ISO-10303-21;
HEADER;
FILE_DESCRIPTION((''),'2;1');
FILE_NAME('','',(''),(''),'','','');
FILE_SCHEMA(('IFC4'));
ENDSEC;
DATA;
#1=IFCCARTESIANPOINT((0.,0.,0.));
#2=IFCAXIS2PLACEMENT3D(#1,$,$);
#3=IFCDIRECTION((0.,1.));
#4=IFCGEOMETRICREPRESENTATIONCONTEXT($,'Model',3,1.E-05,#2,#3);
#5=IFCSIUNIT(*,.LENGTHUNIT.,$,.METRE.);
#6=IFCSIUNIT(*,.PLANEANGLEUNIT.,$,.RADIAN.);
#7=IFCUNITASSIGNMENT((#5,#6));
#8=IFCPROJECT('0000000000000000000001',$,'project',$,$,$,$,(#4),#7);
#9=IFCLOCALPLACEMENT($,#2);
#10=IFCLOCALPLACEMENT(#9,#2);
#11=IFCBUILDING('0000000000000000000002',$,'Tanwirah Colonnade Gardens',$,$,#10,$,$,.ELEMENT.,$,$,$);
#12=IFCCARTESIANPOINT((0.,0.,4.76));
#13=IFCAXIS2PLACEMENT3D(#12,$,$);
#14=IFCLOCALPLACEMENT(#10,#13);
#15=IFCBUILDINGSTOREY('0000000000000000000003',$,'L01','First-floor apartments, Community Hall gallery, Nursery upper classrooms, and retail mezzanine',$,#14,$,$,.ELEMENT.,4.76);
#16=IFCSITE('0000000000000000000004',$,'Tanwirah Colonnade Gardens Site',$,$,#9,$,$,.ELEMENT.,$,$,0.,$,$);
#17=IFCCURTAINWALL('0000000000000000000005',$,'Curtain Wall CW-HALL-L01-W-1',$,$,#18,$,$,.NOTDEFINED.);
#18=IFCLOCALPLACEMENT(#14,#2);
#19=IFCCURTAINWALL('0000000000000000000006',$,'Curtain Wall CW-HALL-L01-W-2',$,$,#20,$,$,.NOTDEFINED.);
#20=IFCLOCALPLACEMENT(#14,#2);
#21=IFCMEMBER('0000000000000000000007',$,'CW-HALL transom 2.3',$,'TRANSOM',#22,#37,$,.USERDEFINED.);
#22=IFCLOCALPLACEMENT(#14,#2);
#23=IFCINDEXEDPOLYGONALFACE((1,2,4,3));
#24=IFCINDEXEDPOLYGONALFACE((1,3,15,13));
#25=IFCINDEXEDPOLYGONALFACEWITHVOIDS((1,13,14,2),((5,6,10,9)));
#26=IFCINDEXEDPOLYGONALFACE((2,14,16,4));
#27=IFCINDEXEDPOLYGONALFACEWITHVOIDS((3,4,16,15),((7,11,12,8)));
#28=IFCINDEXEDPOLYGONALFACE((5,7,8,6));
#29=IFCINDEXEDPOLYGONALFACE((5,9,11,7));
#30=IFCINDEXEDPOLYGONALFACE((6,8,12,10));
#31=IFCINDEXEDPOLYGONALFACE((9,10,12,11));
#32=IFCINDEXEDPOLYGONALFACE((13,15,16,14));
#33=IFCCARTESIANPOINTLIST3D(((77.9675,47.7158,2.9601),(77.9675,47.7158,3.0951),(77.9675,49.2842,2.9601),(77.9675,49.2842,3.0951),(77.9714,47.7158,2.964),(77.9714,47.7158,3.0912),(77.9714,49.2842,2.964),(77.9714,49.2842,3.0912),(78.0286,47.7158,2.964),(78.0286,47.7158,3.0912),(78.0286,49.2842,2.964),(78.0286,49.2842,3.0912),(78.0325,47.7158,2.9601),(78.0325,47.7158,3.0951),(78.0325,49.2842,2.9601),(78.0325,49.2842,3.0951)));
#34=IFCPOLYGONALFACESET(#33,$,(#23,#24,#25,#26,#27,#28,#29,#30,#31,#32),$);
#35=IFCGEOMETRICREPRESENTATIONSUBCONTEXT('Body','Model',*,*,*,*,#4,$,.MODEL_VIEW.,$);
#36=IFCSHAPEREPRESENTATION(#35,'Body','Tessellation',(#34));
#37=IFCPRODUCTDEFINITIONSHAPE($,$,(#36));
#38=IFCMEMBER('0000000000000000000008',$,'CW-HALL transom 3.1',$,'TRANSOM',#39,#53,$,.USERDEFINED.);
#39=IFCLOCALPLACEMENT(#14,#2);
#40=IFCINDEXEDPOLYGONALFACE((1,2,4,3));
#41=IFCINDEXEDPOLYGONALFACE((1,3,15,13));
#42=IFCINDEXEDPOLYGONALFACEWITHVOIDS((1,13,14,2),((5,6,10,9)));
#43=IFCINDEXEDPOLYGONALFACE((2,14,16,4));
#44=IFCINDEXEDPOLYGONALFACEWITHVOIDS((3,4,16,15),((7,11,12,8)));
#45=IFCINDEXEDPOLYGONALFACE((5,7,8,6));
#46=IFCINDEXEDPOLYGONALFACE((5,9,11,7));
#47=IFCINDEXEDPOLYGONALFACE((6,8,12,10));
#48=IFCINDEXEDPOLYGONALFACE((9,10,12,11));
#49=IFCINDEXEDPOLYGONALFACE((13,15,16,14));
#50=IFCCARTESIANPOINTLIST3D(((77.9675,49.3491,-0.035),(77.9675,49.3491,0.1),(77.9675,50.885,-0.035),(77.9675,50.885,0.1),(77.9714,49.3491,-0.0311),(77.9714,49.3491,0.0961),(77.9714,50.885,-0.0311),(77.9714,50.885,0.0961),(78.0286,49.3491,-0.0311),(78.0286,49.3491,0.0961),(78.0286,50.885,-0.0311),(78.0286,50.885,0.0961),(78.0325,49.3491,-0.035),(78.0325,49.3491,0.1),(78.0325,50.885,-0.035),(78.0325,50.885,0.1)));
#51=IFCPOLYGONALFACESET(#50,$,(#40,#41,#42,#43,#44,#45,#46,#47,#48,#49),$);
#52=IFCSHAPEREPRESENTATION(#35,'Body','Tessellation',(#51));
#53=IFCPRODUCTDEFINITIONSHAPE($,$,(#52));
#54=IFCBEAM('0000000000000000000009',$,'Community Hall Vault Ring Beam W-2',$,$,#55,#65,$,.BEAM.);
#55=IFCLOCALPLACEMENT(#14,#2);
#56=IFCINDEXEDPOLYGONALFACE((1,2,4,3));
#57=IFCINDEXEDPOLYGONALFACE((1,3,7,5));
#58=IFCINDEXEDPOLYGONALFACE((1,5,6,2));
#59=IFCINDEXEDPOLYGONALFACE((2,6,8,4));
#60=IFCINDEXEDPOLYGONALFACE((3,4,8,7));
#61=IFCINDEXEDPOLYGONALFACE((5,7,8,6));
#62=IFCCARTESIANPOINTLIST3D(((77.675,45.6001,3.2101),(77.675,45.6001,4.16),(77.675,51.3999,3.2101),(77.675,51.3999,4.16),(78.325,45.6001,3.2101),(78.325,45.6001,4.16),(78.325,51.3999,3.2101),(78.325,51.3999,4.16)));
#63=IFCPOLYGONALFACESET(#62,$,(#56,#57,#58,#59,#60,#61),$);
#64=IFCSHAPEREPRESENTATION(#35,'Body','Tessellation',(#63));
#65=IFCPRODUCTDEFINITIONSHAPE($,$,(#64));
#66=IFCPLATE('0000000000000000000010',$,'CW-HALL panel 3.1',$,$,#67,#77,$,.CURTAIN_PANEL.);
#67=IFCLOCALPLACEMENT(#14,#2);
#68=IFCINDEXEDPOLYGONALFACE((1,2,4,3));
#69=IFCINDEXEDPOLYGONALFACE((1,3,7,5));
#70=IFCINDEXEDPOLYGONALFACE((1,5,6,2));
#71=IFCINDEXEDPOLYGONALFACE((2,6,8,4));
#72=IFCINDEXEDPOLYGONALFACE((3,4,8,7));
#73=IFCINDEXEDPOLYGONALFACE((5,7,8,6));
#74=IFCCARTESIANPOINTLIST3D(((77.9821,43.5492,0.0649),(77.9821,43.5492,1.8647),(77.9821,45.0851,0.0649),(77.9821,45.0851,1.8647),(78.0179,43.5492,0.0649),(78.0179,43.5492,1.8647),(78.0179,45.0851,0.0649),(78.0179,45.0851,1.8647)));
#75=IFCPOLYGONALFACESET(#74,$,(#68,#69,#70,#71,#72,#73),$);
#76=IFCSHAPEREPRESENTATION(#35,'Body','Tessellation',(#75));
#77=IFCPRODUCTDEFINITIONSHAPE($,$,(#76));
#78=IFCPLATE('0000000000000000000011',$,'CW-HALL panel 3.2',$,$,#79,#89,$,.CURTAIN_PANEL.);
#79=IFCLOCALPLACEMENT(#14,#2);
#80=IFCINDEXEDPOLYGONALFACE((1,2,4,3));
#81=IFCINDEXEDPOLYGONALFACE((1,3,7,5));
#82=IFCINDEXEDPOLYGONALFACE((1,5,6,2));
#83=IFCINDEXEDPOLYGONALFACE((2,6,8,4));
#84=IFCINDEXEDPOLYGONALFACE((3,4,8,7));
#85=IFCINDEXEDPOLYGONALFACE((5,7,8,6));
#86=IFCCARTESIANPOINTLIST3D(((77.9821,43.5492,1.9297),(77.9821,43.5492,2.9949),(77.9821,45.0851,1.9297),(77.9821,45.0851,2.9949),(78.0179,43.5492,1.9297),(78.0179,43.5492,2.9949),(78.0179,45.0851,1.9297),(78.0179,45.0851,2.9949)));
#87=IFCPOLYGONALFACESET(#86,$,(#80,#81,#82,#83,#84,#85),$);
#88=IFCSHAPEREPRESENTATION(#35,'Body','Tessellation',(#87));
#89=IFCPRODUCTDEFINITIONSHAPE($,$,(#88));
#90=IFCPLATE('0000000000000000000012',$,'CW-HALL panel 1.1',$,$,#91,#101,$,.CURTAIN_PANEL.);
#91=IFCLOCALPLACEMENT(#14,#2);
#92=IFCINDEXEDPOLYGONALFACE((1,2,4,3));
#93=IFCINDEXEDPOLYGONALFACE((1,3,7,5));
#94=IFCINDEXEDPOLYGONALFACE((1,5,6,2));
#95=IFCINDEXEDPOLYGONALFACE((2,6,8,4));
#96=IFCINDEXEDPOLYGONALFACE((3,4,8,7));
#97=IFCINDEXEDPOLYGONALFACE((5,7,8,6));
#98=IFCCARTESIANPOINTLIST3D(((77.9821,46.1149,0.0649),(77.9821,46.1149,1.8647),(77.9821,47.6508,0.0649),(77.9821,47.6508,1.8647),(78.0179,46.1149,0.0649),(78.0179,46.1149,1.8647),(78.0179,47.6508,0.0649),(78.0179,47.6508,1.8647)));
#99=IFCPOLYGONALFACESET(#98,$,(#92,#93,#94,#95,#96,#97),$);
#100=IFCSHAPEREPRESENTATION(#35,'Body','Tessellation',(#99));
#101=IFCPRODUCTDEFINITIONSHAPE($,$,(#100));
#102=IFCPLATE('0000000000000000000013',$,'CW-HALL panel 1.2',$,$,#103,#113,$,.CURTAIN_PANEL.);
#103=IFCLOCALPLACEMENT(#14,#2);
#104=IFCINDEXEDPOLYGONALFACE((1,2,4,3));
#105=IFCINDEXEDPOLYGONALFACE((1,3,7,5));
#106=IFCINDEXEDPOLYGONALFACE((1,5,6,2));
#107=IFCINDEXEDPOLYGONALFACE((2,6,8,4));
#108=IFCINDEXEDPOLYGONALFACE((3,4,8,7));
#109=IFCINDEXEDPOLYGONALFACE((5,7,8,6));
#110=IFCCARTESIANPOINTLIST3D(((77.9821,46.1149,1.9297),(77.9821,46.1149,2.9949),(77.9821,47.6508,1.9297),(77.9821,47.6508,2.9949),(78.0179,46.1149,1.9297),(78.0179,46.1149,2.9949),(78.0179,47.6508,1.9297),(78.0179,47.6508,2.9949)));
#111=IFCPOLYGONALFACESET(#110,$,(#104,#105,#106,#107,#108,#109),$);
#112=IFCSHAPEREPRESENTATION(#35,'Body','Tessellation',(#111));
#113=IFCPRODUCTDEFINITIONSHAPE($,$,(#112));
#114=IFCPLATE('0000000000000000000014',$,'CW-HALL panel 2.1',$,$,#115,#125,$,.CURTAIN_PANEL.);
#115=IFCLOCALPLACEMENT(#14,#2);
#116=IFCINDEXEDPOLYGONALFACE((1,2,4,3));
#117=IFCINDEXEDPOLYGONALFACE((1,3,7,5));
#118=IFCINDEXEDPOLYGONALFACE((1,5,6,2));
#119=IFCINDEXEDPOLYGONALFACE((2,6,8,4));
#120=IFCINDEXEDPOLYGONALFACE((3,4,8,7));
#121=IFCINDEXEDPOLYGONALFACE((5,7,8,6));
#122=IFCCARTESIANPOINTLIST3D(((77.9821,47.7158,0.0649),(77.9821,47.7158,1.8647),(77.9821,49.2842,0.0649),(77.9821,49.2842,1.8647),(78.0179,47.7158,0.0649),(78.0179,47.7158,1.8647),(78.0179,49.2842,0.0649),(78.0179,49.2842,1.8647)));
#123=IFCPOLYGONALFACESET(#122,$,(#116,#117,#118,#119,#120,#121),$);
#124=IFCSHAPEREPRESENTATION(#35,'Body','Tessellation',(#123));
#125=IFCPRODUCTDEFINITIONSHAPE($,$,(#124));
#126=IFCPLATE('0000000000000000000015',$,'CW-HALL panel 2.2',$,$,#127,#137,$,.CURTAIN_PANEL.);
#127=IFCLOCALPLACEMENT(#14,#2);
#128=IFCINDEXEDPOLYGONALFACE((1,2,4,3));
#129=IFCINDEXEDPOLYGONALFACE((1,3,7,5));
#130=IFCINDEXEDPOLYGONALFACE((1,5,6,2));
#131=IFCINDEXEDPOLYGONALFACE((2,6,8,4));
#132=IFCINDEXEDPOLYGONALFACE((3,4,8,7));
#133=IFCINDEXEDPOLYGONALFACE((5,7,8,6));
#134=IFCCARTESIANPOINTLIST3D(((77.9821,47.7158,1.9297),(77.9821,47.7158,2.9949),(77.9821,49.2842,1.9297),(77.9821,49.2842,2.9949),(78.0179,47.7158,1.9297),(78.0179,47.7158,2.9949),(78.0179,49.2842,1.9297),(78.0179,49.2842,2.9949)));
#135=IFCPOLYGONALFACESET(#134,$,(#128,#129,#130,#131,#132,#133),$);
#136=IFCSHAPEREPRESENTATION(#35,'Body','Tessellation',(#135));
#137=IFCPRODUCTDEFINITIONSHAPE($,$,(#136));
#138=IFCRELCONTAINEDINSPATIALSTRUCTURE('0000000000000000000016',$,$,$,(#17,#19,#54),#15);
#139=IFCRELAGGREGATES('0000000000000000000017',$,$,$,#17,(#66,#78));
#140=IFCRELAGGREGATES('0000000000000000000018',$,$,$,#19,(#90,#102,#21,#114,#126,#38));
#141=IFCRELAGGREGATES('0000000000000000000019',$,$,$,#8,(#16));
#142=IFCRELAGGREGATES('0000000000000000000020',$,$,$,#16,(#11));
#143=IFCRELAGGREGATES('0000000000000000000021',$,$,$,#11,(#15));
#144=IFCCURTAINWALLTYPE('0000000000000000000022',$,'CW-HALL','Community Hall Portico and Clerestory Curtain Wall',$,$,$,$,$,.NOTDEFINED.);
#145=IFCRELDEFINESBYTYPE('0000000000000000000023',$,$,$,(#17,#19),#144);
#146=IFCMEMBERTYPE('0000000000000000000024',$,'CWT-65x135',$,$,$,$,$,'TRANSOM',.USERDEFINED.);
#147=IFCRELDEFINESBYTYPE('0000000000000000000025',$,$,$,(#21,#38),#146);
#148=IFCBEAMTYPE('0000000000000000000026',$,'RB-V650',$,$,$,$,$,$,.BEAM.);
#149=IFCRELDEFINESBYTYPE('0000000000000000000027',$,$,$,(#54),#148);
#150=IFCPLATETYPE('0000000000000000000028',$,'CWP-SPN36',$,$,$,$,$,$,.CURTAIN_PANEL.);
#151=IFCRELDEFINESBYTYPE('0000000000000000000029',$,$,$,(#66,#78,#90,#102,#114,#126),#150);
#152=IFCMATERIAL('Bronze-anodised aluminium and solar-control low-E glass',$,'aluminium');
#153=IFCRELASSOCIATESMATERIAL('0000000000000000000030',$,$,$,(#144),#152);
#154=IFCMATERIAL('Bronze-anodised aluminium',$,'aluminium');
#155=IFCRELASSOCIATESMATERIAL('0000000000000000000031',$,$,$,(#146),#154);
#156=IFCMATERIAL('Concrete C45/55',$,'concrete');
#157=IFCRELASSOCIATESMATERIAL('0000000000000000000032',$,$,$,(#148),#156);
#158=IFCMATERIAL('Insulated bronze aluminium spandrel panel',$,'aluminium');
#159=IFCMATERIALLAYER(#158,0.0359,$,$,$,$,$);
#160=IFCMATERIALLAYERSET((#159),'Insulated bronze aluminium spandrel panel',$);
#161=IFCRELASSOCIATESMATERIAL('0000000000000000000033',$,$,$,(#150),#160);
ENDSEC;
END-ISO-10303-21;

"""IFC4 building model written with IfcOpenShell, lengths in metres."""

from ifc_helpers import new_model, si_unit, direction, frame, origin, origin_2d, place, context, subcontext, project, spatial, rectangle, hollow_rectangle, extrude, material, layer, layer_set, material_profile, profile_set, type_object, element, aggregate, save


model = new_model("IFC4")

# Units and contexts
model_context = context("Model", 3, precision=1e-05, world=origin(), true_north=direction((0.0, 1.0)))
body_context = subcontext(model_context, "Body", "Model", "MODEL_VIEW")
ifc_project = project(units=[si_unit("LENGTHUNIT", "METRE"), si_unit("PLANEANGLEUNIT", "RADIAN")], contexts=[model_context])

# Site, building, storey
site_placement = place(None, origin())
site = spatial("IfcSite", under=ifc_project, at=site_placement, Name="Tanwirah Colonnade Gardens Site", CompositionType="ELEMENT", RefElevation=0.0)
building_placement = place(site_placement, origin())
building = spatial("IfcBuilding", under=site, at=building_placement, Name="Tanwirah Colonnade Gardens", CompositionType="ELEMENT")
storey_placement = place(building_placement, frame((0.0, 0.0, 4.76)))
storey = spatial("IfcBuildingStorey", under=building, at=storey_placement, Name="L01", Description="First-floor apartments, Community Hall gallery, Nursery upper classrooms, and retail mezzanine", CompositionType="ELEMENT", Elevation=4.76)

# Shared definitions
ifc_material_1 = material(Name="Concrete C45/55", Category="concrete")

# Curtain wall
ifc_material_2 = material(Name="Bronze-anodised aluminium and solar-control low-E glass", Category="aluminium")
curtain_wall_type = type_object("IfcCurtainWallType", Name="CW-HALL", Description="Community Hall Portico and Clerestory Curtain Wall", PredefinedType="NOTDEFINED", material=ifc_material_2)
curtain_wall_1_placement = place(storey_placement, origin())
curtain_wall_1 = element("IfcCurtainWall", 1, at=curtain_wall_1_placement, inside=storey, type_object=curtain_wall_type, Name="Curtain Wall CW-HALL-L01-W-1", PredefinedType="NOTDEFINED")
ifc_material_3 = material(Name="Bronze-anodised aluminium", Category="aluminium")

# Curtain wall
curtain_wall_2_placement = place(storey_placement, origin())
curtain_wall_2 = element("IfcCurtainWall", 2, at=curtain_wall_2_placement, inside=storey, type_object=curtain_wall_type, Name="Curtain Wall CW-HALL-L01-W-2", PredefinedType="NOTDEFINED")

# Members
ifc_material_profile_1 = material_profile(ifc_material_3, hollow_rectangle(XDim=0.0649, YDim=0.135, WallThickness=0.0039, at=origin_2d()), Name="CW-TRN 65x135x4")
ifc_profile_set_1 = profile_set([ifc_material_profile_1], Name="Bronze-anodised aluminium")
member_type_1 = type_object("IfcMemberType", Name="CWT-65x135", ElementType="TRANSOM", PredefinedType="USERDEFINED", material=ifc_profile_set_1)
member_1_placement = place(storey_placement, frame((78.0, 47.7158, 3.0276), z_axis=(0.0, 1.0, 0.0), x_axis=(-1.0, 0.0, 0.0)))
member_1 = element("IfcMember", 3, at=member_1_placement, type_object=member_type_1, Name="CW-HALL transom 2.3", ObjectType="TRANSOM", PredefinedType="USERDEFINED", context=body_context, shape_type="SweptSolid", body=[
    extrude(hollow_rectangle(XDim=0.0649, YDim=0.135, WallThickness=0.0039, at=origin_2d()), origin(), (0.0, 0.0, 1.0), 1.5684),
])
member_2_placement = place(storey_placement, frame((78.0, 49.3491, 0.0325), z_axis=(0.0, 1.0, 0.0), x_axis=(-1.0, 0.0, 0.0)))
member_2 = element("IfcMember", 4, at=member_2_placement, type_object=member_type_1, Name="CW-HALL transom 3.1", ObjectType="TRANSOM", PredefinedType="USERDEFINED", context=body_context, shape_type="SweptSolid", body=[
    extrude(hollow_rectangle(XDim=0.0649, YDim=0.135, WallThickness=0.0039, at=origin_2d()), origin(), (0.0, 0.0, 1.0), 1.5359),
])

# Beam
ifc_material_profile_2 = material_profile(ifc_material_1, rectangle(XDim=0.6499, YDim=0.95, at=origin_2d()), Name="RC-RB 650x950")
ifc_profile_set_2 = profile_set([ifc_material_profile_2], Name="Concrete C45/55")
beam_type = type_object("IfcBeamType", Name="RB-V650", PredefinedType="BEAM", material=ifc_profile_set_2)
beam_placement = place(storey_placement, frame((78.0, 45.6001, 3.6851), z_axis=(0.0, 1.0, 0.0), x_axis=(-1.0, 0.0, 0.0)))
element("IfcBeam", 5, at=beam_placement, inside=storey, type_object=beam_type, Name="Community Hall Vault Ring Beam W-2", PredefinedType="BEAM", context=body_context, shape_type="SweptSolid", body=[
    extrude(rectangle(XDim=0.6499, YDim=0.95, at=origin_2d()), origin(), (0.0, 0.0, 1.0), 5.7998),
])

# Plates
ifc_material_4 = material(Name="Insulated bronze aluminium spandrel panel", Category="aluminium")
ifc_layer = layer(ifc_material_4, 0.0359)
ifc_layer_set = layer_set([ifc_layer], Name="Insulated bronze aluminium spandrel panel")
plate_type = type_object("IfcPlateType", Name="CWP-SPN36", PredefinedType="CURTAIN_PANEL", material=ifc_layer_set)
plate_1_placement = place(storey_placement, frame((78.0, 44.3171, 0.0649), z_axis=(0.0, 0.0, 1.0), x_axis=(0.0, 1.0, 0.0)))
plate_1 = element("IfcPlate", 6, at=plate_1_placement, type_object=plate_type, Name="CW-HALL panel 3.1", PredefinedType="CURTAIN_PANEL", context=body_context, shape_type="SweptSolid", body=[
    extrude(rectangle(XDim=1.5359, YDim=0.0359, at=origin_2d()), origin(), (0.0, 0.0, 1.0), 1.7998),
])
plate_2_placement = place(storey_placement, frame((78.0, 44.3171, 1.9297), z_axis=(0.0, 0.0, 1.0), x_axis=(0.0, 1.0, 0.0)))
plate_2 = element("IfcPlate", 7, at=plate_2_placement, type_object=plate_type, Name="CW-HALL panel 3.2", PredefinedType="CURTAIN_PANEL", context=body_context, shape_type="SweptSolid", body=[
    extrude(rectangle(XDim=1.5359, YDim=0.0359, at=origin_2d()), origin(), (0.0, 0.0, 1.0), 1.0652),
])
aggregate(curtain_wall_1, [plate_1, plate_2])
plate_3_placement = place(storey_placement, frame((78.0, 46.8828, 0.0649), z_axis=(0.0, 0.0, 1.0), x_axis=(0.0, 1.0, 0.0)))
plate_3 = element("IfcPlate", 8, at=plate_3_placement, type_object=plate_type, Name="CW-HALL panel 1.1", PredefinedType="CURTAIN_PANEL", context=body_context, shape_type="SweptSolid", body=[
    extrude(rectangle(XDim=1.5359, YDim=0.0359, at=origin_2d()), origin(), (0.0, 0.0, 1.0), 1.7998),
])
plate_4_placement = place(storey_placement, frame((78.0, 46.8828, 1.9297), z_axis=(0.0, 0.0, 1.0), x_axis=(0.0, 1.0, 0.0)))
plate_4 = element("IfcPlate", 9, at=plate_4_placement, type_object=plate_type, Name="CW-HALL panel 1.2", PredefinedType="CURTAIN_PANEL", context=body_context, shape_type="SweptSolid", body=[
    extrude(rectangle(XDim=1.5359, YDim=0.0359, at=origin_2d()), origin(), (0.0, 0.0, 1.0), 1.0652),
])
plate_5_placement = place(storey_placement, frame((78.0, 48.5, 0.0649), z_axis=(0.0, 0.0, 1.0), x_axis=(0.0, 1.0, 0.0)))
plate_5 = element("IfcPlate", 10, at=plate_5_placement, type_object=plate_type, Name="CW-HALL panel 2.1", PredefinedType="CURTAIN_PANEL", context=body_context, shape_type="SweptSolid", body=[
    extrude(rectangle(XDim=1.5684, YDim=0.0359, at=origin_2d()), origin(), (0.0, 0.0, 1.0), 1.7998),
])
plate_6_placement = place(storey_placement, frame((78.0, 48.5, 1.9297), z_axis=(0.0, 0.0, 1.0), x_axis=(0.0, 1.0, 0.0)))
plate_6 = element("IfcPlate", 11, at=plate_6_placement, type_object=plate_type, Name="CW-HALL panel 2.2", PredefinedType="CURTAIN_PANEL", context=body_context, shape_type="SweptSolid", body=[
    extrude(rectangle(XDim=1.5684, YDim=0.0359, at=origin_2d()), origin(), (0.0, 0.0, 1.0), 1.0652),
])
aggregate(curtain_wall_2, [plate_3, plate_4, member_1, plate_5, plate_6, member_2])

save(model, "model.ifc")
